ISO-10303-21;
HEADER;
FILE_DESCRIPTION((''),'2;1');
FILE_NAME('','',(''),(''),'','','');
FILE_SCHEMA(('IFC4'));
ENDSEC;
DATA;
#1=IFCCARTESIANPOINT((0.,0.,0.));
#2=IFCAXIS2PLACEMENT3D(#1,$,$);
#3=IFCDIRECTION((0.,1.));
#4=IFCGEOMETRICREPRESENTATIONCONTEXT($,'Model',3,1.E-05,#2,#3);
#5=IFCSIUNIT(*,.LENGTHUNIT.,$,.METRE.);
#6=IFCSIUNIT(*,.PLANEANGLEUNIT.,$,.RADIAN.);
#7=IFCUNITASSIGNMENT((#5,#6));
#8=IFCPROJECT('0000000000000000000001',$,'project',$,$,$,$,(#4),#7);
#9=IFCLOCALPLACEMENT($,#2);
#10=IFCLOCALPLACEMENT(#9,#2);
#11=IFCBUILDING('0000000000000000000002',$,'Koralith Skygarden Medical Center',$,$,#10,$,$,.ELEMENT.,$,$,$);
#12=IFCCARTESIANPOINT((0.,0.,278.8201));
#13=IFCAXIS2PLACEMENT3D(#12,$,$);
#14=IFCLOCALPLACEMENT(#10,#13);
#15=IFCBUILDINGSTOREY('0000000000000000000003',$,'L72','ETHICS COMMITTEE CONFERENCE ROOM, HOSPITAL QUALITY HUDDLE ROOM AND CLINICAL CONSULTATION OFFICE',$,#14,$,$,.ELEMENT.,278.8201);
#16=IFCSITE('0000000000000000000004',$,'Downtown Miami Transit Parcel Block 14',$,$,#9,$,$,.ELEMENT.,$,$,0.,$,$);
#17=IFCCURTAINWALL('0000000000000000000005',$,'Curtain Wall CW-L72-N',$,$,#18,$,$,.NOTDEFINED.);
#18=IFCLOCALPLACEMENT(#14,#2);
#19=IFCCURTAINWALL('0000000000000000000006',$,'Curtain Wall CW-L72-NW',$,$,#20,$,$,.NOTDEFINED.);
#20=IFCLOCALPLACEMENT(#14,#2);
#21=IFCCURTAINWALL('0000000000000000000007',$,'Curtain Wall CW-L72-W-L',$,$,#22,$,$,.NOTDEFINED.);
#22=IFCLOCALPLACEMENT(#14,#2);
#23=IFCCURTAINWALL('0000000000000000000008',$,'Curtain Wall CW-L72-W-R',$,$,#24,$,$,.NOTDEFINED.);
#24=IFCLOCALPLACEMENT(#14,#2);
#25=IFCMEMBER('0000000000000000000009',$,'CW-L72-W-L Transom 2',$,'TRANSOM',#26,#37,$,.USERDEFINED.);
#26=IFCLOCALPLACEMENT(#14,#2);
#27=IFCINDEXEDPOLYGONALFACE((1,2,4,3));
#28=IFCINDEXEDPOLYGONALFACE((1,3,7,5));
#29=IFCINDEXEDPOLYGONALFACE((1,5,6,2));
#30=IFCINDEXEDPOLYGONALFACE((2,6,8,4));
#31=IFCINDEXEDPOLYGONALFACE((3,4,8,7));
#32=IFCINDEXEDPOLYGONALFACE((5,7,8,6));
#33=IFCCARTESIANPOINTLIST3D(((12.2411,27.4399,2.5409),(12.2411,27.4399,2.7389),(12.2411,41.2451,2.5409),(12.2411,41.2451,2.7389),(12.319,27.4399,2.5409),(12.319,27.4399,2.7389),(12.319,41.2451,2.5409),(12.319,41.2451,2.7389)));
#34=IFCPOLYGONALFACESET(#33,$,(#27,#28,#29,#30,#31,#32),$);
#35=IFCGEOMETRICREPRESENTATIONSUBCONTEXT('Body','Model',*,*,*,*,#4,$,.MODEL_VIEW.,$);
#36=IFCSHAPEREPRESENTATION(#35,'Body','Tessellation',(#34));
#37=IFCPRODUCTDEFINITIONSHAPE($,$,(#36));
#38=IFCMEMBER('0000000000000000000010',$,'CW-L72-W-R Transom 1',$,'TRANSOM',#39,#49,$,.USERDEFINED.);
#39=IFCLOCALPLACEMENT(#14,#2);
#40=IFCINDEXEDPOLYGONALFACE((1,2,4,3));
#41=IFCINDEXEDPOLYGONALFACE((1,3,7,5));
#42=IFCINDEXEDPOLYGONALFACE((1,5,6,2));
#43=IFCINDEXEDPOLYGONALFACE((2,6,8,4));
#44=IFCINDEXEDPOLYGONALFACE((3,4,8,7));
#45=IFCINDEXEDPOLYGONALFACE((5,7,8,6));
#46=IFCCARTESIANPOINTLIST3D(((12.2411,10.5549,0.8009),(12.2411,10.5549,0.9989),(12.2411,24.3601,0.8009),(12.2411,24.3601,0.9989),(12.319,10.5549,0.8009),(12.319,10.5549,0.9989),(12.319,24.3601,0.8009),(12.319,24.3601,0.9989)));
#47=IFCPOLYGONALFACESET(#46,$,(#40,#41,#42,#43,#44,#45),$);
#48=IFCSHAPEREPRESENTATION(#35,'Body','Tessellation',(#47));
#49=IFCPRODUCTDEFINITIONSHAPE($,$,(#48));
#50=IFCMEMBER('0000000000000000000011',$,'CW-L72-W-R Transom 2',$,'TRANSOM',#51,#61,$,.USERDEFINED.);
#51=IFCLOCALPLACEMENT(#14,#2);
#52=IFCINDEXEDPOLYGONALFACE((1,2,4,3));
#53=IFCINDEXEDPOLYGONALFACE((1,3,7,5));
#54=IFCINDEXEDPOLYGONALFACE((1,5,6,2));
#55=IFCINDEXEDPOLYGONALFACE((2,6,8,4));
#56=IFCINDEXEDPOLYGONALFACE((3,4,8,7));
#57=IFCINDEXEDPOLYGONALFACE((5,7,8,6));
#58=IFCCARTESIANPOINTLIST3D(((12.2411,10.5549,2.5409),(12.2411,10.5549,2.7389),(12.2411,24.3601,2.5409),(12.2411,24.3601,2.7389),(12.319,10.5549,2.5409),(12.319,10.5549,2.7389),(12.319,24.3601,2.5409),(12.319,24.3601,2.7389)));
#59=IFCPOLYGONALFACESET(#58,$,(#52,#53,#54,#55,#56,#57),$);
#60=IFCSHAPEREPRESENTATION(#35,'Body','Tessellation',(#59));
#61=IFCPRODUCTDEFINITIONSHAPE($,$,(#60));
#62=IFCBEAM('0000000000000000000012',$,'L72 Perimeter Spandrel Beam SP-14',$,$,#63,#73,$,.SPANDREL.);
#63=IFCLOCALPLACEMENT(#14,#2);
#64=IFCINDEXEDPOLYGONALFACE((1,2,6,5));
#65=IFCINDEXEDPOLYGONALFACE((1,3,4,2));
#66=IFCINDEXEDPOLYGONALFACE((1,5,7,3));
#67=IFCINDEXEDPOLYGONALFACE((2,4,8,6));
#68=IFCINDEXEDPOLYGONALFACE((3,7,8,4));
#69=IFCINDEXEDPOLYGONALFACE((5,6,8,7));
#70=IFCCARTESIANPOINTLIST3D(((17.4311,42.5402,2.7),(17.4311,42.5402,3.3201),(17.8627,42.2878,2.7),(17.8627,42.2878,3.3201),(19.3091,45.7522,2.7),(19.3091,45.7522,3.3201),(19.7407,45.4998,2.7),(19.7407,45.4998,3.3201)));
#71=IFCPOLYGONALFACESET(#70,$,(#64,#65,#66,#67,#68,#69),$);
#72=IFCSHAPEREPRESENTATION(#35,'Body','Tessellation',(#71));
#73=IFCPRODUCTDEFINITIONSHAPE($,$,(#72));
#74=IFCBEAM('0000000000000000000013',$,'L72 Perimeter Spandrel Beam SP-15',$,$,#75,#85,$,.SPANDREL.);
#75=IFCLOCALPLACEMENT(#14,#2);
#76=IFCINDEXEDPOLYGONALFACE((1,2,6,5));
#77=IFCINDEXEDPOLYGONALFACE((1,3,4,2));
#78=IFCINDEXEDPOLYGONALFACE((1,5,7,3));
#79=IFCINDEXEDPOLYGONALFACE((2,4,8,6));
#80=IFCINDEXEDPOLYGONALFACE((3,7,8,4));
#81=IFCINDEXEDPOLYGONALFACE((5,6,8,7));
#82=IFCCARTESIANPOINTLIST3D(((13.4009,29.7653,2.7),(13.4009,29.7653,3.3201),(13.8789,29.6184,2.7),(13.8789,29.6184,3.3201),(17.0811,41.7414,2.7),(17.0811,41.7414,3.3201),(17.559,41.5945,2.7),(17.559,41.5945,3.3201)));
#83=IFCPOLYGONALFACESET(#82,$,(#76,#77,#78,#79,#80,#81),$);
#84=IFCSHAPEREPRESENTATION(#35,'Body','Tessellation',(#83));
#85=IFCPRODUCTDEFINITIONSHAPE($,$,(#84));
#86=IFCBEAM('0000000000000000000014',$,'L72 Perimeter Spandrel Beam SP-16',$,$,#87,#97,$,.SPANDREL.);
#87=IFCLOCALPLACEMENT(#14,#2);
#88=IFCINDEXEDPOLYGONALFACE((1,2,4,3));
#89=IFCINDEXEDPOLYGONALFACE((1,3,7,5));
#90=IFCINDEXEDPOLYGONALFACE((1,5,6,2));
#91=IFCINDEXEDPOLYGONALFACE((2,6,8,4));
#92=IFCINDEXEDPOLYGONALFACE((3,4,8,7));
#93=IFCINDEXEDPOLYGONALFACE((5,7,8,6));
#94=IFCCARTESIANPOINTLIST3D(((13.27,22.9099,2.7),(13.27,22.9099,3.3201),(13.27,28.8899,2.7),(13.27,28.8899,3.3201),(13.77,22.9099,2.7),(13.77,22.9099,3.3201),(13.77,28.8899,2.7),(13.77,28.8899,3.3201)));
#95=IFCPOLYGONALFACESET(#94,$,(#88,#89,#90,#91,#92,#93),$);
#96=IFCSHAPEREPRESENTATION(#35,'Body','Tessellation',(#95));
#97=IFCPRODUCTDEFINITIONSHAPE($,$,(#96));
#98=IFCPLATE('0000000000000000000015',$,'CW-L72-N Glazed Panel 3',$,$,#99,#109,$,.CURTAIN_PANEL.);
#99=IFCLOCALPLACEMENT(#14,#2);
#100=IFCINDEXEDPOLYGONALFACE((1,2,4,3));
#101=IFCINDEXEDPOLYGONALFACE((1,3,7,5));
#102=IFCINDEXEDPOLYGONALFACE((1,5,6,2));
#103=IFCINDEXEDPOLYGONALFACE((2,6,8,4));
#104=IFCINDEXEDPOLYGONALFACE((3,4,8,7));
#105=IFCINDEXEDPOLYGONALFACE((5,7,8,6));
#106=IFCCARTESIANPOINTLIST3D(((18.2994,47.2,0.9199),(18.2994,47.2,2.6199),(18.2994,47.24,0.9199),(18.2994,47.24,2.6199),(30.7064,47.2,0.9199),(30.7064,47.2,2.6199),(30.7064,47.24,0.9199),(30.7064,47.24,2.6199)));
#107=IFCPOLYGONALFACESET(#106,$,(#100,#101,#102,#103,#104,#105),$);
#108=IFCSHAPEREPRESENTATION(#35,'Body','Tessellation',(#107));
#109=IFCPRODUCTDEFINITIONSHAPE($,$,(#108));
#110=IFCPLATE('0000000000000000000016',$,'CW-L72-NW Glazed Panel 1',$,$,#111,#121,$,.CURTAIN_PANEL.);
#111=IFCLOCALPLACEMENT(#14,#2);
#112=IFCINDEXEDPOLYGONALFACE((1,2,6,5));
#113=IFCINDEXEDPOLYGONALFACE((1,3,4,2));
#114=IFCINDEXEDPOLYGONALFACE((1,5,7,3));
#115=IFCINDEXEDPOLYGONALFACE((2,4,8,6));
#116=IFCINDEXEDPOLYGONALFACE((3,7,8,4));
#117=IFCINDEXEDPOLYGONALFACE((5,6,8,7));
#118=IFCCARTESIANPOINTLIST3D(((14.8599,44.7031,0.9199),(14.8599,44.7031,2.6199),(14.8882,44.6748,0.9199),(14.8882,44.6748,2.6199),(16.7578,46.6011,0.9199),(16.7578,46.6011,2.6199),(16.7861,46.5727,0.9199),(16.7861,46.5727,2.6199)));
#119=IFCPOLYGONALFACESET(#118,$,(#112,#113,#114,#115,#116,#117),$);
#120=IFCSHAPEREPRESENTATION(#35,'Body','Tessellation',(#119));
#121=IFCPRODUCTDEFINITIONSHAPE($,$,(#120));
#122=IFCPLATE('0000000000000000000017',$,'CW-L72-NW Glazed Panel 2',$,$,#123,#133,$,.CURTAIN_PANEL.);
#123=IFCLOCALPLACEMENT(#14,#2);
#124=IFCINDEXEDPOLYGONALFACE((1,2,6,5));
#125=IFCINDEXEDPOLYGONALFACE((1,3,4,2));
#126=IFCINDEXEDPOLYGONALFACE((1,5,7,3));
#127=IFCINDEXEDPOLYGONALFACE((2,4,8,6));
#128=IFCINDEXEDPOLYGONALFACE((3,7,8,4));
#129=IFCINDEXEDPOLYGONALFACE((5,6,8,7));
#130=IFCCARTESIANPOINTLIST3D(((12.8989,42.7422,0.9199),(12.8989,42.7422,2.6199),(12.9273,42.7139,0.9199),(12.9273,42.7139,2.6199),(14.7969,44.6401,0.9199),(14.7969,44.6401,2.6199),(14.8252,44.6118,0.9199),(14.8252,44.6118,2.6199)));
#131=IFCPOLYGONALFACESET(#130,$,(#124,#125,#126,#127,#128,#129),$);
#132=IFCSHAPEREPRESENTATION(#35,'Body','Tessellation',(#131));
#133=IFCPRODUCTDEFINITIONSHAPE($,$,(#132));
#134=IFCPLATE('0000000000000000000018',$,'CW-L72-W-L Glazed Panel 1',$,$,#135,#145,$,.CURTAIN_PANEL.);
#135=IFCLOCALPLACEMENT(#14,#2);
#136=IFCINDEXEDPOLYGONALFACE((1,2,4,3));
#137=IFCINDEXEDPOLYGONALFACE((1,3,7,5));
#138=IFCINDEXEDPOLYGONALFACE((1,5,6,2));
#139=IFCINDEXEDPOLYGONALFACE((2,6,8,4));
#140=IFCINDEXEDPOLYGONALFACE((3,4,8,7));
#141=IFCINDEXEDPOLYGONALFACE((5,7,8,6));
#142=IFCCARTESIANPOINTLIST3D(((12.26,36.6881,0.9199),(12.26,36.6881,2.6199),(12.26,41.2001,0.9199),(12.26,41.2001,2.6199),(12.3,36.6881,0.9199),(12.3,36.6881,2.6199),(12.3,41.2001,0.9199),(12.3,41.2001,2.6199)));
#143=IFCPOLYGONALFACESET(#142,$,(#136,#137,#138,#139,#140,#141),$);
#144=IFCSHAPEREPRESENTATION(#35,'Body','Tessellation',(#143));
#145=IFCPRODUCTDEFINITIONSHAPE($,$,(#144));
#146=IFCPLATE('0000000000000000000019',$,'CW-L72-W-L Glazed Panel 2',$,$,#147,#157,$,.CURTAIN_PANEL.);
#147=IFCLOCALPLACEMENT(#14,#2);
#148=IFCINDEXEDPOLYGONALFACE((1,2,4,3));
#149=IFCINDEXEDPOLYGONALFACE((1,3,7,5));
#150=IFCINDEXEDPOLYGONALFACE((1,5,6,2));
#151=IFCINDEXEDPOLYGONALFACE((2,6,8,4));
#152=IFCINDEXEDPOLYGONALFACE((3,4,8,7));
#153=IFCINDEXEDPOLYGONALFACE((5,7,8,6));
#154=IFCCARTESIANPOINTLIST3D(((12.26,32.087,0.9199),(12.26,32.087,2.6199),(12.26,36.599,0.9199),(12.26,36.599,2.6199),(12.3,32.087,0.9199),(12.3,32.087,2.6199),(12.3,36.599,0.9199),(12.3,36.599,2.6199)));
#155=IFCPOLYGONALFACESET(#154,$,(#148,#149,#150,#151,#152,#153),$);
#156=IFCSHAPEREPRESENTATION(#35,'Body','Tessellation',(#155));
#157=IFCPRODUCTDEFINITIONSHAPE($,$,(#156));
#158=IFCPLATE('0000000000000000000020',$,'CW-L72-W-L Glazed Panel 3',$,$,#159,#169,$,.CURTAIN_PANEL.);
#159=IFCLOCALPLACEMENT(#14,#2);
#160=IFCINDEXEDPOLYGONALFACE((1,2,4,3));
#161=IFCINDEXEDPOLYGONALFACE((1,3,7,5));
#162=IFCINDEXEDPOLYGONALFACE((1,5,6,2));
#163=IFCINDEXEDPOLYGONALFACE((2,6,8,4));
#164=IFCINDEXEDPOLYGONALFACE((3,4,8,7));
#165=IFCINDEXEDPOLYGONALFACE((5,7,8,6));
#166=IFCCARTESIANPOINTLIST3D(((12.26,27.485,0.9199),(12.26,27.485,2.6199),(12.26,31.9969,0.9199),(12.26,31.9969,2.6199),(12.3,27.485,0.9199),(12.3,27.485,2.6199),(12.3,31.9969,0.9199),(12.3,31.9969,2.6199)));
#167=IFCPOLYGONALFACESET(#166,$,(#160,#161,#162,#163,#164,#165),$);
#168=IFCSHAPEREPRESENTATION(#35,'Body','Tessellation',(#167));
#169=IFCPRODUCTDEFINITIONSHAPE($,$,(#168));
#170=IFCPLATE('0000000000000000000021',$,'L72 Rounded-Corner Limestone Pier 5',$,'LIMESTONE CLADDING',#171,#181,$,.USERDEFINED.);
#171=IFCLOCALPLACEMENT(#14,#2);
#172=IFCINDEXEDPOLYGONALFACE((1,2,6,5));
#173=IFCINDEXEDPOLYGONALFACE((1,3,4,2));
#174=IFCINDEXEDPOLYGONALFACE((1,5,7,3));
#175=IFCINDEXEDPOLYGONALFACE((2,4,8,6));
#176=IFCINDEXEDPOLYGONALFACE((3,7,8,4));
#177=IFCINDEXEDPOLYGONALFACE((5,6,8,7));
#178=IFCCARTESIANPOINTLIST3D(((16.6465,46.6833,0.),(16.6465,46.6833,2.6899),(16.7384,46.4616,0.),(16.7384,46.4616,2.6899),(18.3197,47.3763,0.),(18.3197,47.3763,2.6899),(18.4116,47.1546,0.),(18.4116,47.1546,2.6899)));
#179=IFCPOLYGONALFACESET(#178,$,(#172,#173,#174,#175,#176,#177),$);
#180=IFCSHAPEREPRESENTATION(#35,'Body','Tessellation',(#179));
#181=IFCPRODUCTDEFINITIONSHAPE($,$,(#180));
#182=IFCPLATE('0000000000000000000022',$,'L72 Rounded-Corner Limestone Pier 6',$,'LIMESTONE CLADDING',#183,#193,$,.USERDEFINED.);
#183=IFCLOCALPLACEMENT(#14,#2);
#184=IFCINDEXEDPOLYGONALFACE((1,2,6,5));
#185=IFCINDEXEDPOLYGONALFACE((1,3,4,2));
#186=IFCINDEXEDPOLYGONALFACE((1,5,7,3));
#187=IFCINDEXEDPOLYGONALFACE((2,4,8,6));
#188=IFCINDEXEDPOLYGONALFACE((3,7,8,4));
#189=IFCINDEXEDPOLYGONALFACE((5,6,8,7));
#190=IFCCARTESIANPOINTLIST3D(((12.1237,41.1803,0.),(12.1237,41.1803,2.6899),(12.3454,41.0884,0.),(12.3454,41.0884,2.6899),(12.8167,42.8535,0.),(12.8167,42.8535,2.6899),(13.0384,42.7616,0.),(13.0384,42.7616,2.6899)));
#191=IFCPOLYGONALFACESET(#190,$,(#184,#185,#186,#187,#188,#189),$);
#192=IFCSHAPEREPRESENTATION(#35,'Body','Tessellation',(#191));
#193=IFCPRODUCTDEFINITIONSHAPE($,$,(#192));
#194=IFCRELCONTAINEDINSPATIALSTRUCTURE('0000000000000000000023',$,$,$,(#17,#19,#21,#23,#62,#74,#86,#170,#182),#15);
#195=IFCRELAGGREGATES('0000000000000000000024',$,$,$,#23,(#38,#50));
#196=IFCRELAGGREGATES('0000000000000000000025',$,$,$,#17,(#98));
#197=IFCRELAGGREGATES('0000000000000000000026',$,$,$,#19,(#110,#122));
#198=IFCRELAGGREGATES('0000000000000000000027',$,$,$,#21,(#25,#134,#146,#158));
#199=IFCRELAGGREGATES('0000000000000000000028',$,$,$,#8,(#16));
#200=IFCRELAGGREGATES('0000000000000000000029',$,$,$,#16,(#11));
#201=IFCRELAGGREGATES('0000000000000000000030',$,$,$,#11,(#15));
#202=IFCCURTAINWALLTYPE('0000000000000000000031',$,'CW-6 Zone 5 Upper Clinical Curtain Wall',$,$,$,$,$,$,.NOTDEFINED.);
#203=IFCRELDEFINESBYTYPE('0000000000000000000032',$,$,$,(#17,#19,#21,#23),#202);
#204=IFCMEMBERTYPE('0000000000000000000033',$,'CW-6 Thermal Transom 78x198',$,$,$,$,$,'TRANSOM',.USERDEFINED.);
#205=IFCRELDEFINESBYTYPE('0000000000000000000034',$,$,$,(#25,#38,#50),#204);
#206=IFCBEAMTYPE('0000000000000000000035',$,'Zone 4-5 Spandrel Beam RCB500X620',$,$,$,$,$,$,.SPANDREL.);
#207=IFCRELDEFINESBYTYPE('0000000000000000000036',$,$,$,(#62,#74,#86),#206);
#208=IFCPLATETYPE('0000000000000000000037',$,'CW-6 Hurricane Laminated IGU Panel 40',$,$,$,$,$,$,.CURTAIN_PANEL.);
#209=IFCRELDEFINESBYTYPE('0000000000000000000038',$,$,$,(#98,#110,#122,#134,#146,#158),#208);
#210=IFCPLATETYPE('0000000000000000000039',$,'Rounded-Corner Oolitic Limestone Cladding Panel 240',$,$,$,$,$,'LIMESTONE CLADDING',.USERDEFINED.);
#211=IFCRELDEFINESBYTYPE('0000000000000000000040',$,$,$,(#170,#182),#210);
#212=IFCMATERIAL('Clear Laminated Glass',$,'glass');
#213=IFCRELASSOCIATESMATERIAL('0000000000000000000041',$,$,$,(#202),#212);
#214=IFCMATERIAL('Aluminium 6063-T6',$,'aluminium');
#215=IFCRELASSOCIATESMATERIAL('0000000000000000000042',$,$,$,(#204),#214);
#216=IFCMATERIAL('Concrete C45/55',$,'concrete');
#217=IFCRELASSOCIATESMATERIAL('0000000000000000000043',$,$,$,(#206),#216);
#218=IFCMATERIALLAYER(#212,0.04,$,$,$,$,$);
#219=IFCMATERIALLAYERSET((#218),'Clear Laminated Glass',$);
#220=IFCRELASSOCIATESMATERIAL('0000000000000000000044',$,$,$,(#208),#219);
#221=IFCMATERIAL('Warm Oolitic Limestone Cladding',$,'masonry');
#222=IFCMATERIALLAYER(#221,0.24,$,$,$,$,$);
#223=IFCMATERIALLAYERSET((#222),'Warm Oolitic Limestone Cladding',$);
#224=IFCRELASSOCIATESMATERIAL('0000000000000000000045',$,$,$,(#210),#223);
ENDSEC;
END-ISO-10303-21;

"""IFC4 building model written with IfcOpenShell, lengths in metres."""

from ifc_helpers import new_model, si_unit, direction, frame, origin, origin_2d, place, context, subcontext, project, spatial, rectangle, extrude, material, layer, layer_set, material_profile, profile_set, type_object, element, aggregate, save


model = new_model("IFC4")

# Units and contexts
model_context = context("Model", 3, precision=1e-05, world=origin(), true_north=direction((0.0, 1.0)))
body_context = subcontext(model_context, "Body", "Model", "MODEL_VIEW")
ifc_project = project(units=[si_unit("LENGTHUNIT", "METRE"), si_unit("PLANEANGLEUNIT", "RADIAN")], contexts=[model_context])

# Site, building, storey
site_placement = place(None, origin())
site = spatial("IfcSite", under=ifc_project, at=site_placement, Name="Downtown Miami Transit Parcel Block 14", CompositionType="ELEMENT", RefElevation=0.0)
building_placement = place(site_placement, origin())
building = spatial("IfcBuilding", under=site, at=building_placement, Name="Koralith Skygarden Medical Center", CompositionType="ELEMENT")
storey_placement = place(building_placement, frame((0.0, 0.0, 278.8201)))
storey = spatial("IfcBuildingStorey", under=building, at=storey_placement, Name="L72", Description="ETHICS COMMITTEE CONFERENCE ROOM, HOSPITAL QUALITY HUDDLE ROOM AND CLINICAL CONSULTATION OFFICE", CompositionType="ELEMENT", Elevation=278.8201)

# Curtain wall
ifc_material_1 = material(Name="Clear Laminated Glass", Category="glass")
curtain_wall_type = type_object("IfcCurtainWallType", Name="CW-6 Zone 5 Upper Clinical Curtain Wall", PredefinedType="NOTDEFINED", material=ifc_material_1)
curtain_wall_1_placement = place(storey_placement, origin())
curtain_wall_1 = element("IfcCurtainWall", 1, at=curtain_wall_1_placement, inside=storey, type_object=curtain_wall_type, Name="Curtain Wall CW-L72-N", PredefinedType="NOTDEFINED")
ifc_material_2 = material(Name="Aluminium 6063-T6", Category="aluminium")

# Curtain walls
curtain_wall_2_placement = place(storey_placement, origin())
curtain_wall_2 = element("IfcCurtainWall", 2, at=curtain_wall_2_placement, inside=storey, type_object=curtain_wall_type, Name="Curtain Wall CW-L72-NW", PredefinedType="NOTDEFINED")
curtain_wall_3_placement = place(storey_placement, origin())
curtain_wall_3 = element("IfcCurtainWall", 3, at=curtain_wall_3_placement, inside=storey, type_object=curtain_wall_type, Name="Curtain Wall CW-L72-W-L", PredefinedType="NOTDEFINED")

# Curtain wall
curtain_wall_4_placement = place(storey_placement, origin())
curtain_wall_4 = element("IfcCurtainWall", 4, at=curtain_wall_4_placement, inside=storey, type_object=curtain_wall_type, Name="Curtain Wall CW-L72-W-R", PredefinedType="NOTDEFINED")

# Members
ifc_material_profile_1 = material_profile(ifc_material_2, rectangle(XDim=0.0779, YDim=0.198, at=origin_2d()), Name="TRN78X198")
ifc_profile_set_1 = profile_set([ifc_material_profile_1], Name="Aluminium 6063-T6")
member_type_1 = type_object("IfcMemberType", Name="CW-6 Thermal Transom 78x198", ElementType="TRANSOM", PredefinedType="USERDEFINED", material=ifc_profile_set_1)
member_1_placement = place(storey_placement, frame((12.28, 41.2451, 2.6399), z_axis=(0.0, -1.0, 0.0), x_axis=(1.0, 0.0, 0.0)))
member_1 = element("IfcMember", 5, at=member_1_placement, type_object=member_type_1, Name="CW-L72-W-L Transom 2", ObjectType="TRANSOM", PredefinedType="USERDEFINED", context=body_context, shape_type="SweptSolid", body=[
    extrude(rectangle(XDim=0.0779, YDim=0.198, at=origin_2d()), origin(), (0.0, 0.0, 1.0), 13.8052),
])
member_2_placement = place(storey_placement, frame((12.28, 24.3601, 0.8999), z_axis=(0.0, -1.0, 0.0), x_axis=(1.0, 0.0, 0.0)))
member_2 = element("IfcMember", 6, at=member_2_placement, type_object=member_type_1, Name="CW-L72-W-R Transom 1", ObjectType="TRANSOM", PredefinedType="USERDEFINED", context=body_context, shape_type="SweptSolid", body=[
    extrude(rectangle(XDim=0.0779, YDim=0.198, at=origin_2d()), origin(), (0.0, 0.0, 1.0), 13.8052),
])
member_3_placement = place(storey_placement, frame((12.28, 24.3601, 2.6399), z_axis=(0.0, -1.0, 0.0), x_axis=(1.0, 0.0, 0.0)))
member_3 = element("IfcMember", 7, at=member_3_placement, type_object=member_type_1, Name="CW-L72-W-R Transom 2", ObjectType="TRANSOM", PredefinedType="USERDEFINED", context=body_context, shape_type="SweptSolid", body=[
    extrude(rectangle(XDim=0.0779, YDim=0.198, at=origin_2d()), origin(), (0.0, 0.0, 1.0), 13.8052),
])
aggregate(curtain_wall_4, [member_2, member_3])

# Beams
ifc_material_3 = material(Name="Concrete C45/55", Category="concrete")
ifc_material_profile_2 = material_profile(ifc_material_3, rectangle(XDim=0.5, YDim=0.6201, at=origin_2d()), Name="RCB500X620")
ifc_profile_set_2 = profile_set([ifc_material_profile_2], Name="Concrete C45/55")
beam_type = type_object("IfcBeamType", Name="Zone 4-5 Spandrel Beam RCB500X620", PredefinedType="SPANDREL", material=ifc_profile_set_2)
beam_1_placement = place(storey_placement, frame((19.5249, 45.626, 3.01), z_axis=(-0.504736, -0.863274, 0.0), x_axis=(0.863274, -0.504736, 0.0)))
element("IfcBeam", 8, at=beam_1_placement, inside=storey, type_object=beam_type, Name="L72 Perimeter Spandrel Beam SP-14", PredefinedType="SPANDREL", context=body_context, shape_type="SweptSolid", body=[
    extrude(rectangle(XDim=0.5, YDim=0.6201, at=origin_2d()), origin(), (0.0, 0.0, 1.0), 3.7207),
])
beam_2_placement = place(storey_placement, frame((17.3201, 41.668, 3.01), z_axis=(-0.293738, -0.955886, 0.0), x_axis=(0.955886, -0.293738, 0.0)))
element("IfcBeam", 9, at=beam_2_placement, inside=storey, type_object=beam_type, Name="L72 Perimeter Spandrel Beam SP-15", PredefinedType="SPANDREL", context=body_context, shape_type="SweptSolid", body=[
    extrude(rectangle(XDim=0.5, YDim=0.6201, at=origin_2d()), origin(), (0.0, 0.0, 1.0), 12.5288),
])
beam_3_placement = place(storey_placement, frame((13.52, 28.8899, 3.01), z_axis=(0.0, -1.0, 0.0), x_axis=(1.0, 0.0, 0.0)))
element("IfcBeam", 10, at=beam_3_placement, inside=storey, type_object=beam_type, Name="L72 Perimeter Spandrel Beam SP-16", PredefinedType="SPANDREL", context=body_context, shape_type="SweptSolid", body=[
    extrude(rectangle(XDim=0.5, YDim=0.6201, at=origin_2d()), origin(), (0.0, 0.0, 1.0), 5.98),
])

# Plates
ifc_layer_1 = layer(ifc_material_1, 0.04)
ifc_layer_set_1 = layer_set([ifc_layer_1], Name="Clear Laminated Glass")
plate_type_1 = type_object("IfcPlateType", Name="CW-6 Hurricane Laminated IGU Panel 40", PredefinedType="CURTAIN_PANEL", material=ifc_layer_set_1)
plate_1_placement = place(storey_placement, frame((24.5029, 47.22, 0.9199), z_axis=(0.0, 0.0, 1.0), x_axis=(-1.0, 0.0, 0.0)))
plate_1 = element("IfcPlate", 11, at=plate_1_placement, type_object=plate_type_1, Name="CW-L72-N Glazed Panel 3", PredefinedType="CURTAIN_PANEL", context=body_context, shape_type="SweptSolid", body=[
    extrude(rectangle(XDim=12.407, YDim=0.04, at=origin_2d()), origin(), (0.0, 0.0, 1.0), 1.7),
])
aggregate(curtain_wall_1, [plate_1])
plate_2_placement = place(storey_placement, frame((15.823, 45.6379, 0.9199), z_axis=(0.0, 0.0, 1.0), x_axis=(-0.707107, -0.707107, 0.0)))
plate_2 = element("IfcPlate", 12, at=plate_2_placement, type_object=plate_type_1, Name="CW-L72-NW Glazed Panel 1", PredefinedType="CURTAIN_PANEL", context=body_context, shape_type="SweptSolid", body=[
    extrude(rectangle(XDim=2.6841, YDim=0.04, at=origin_2d()), origin(), (0.0, 0.0, 1.0), 1.7),
])
plate_3_placement = place(storey_placement, frame((13.8621, 43.677, 0.9199), z_axis=(0.0, 0.0, 1.0), x_axis=(-0.707107, -0.707107, 0.0)))
plate_3 = element("IfcPlate", 13, at=plate_3_placement, type_object=plate_type_1, Name="CW-L72-NW Glazed Panel 2", PredefinedType="CURTAIN_PANEL", context=body_context, shape_type="SweptSolid", body=[
    extrude(rectangle(XDim=2.6841, YDim=0.04, at=origin_2d()), origin(), (0.0, 0.0, 1.0), 1.7),
])
aggregate(curtain_wall_2, [plate_2, plate_3])
plate_4_placement = place(storey_placement, frame((12.28, 38.9441, 0.9199), z_axis=(0.0, 0.0, 1.0), x_axis=(0.0, -1.0, 0.0)))
plate_4 = element("IfcPlate", 14, at=plate_4_placement, type_object=plate_type_1, Name="CW-L72-W-L Glazed Panel 1", PredefinedType="CURTAIN_PANEL", context=body_context, shape_type="SweptSolid", body=[
    extrude(rectangle(XDim=4.512, YDim=0.04, at=origin_2d()), origin(), (0.0, 0.0, 1.0), 1.7),
])
plate_5_placement = place(storey_placement, frame((12.28, 34.343, 0.9199), z_axis=(0.0, 0.0, 1.0), x_axis=(0.0, -1.0, 0.0)))
plate_5 = element("IfcPlate", 15, at=plate_5_placement, type_object=plate_type_1, Name="CW-L72-W-L Glazed Panel 2", PredefinedType="CURTAIN_PANEL", context=body_context, shape_type="SweptSolid", body=[
    extrude(rectangle(XDim=4.512, YDim=0.04, at=origin_2d()), origin(), (0.0, 0.0, 1.0), 1.7),
])
plate_6_placement = place(storey_placement, frame((12.28, 29.741, 0.9199), z_axis=(0.0, 0.0, 1.0), x_axis=(0.0, -1.0, 0.0)))
plate_6 = element("IfcPlate", 16, at=plate_6_placement, type_object=plate_type_1, Name="CW-L72-W-L Glazed Panel 3", PredefinedType="CURTAIN_PANEL", context=body_context, shape_type="SweptSolid", body=[
    extrude(rectangle(XDim=4.512, YDim=0.04, at=origin_2d()), origin(), (0.0, 0.0, 1.0), 1.7),
])
aggregate(curtain_wall_3, [member_1, plate_4, plate_5, plate_6])

# Plates
ifc_material_4 = material(Name="Warm Oolitic Limestone Cladding", Category="masonry")
ifc_layer_2 = layer(ifc_material_4, 0.24)
ifc_layer_set_2 = layer_set([ifc_layer_2], Name="Warm Oolitic Limestone Cladding")
plate_type_2 = type_object("IfcPlateType", Name="Rounded-Corner Oolitic Limestone Cladding Panel 240", ElementType="LIMESTONE CLADDING", PredefinedType="USERDEFINED", material=ifc_layer_set_2)
for number, where, z_axis, x_axis, name in (
    (17, (17.5291, 46.9189, 0.0), (0.0, 0.0, 1.0), (-0.923885, -0.382671, 0.0), "L72 Rounded-Corner Limestone Pier 5"),
    (18, (12.5811, 41.9709, 0.0), (0.0, 0.0, 1.0), (-0.382671, -0.923885, 0.0), "L72 Rounded-Corner Limestone Pier 6"),
):
    element("IfcPlate", number, at=place(storey_placement, frame(where, z_axis=z_axis, x_axis=x_axis)), inside=storey, type_object=plate_type_2, Name=name, ObjectType="LIMESTONE CLADDING", PredefinedType="USERDEFINED", context=body_context, shape_type="SweptSolid", body=[
        extrude(rectangle(XDim=1.811, YDim=0.24, at=origin_2d()), origin(), (0.0, 0.0, 1.0), 2.6899),
    ])

save(model, "model.ifc")
